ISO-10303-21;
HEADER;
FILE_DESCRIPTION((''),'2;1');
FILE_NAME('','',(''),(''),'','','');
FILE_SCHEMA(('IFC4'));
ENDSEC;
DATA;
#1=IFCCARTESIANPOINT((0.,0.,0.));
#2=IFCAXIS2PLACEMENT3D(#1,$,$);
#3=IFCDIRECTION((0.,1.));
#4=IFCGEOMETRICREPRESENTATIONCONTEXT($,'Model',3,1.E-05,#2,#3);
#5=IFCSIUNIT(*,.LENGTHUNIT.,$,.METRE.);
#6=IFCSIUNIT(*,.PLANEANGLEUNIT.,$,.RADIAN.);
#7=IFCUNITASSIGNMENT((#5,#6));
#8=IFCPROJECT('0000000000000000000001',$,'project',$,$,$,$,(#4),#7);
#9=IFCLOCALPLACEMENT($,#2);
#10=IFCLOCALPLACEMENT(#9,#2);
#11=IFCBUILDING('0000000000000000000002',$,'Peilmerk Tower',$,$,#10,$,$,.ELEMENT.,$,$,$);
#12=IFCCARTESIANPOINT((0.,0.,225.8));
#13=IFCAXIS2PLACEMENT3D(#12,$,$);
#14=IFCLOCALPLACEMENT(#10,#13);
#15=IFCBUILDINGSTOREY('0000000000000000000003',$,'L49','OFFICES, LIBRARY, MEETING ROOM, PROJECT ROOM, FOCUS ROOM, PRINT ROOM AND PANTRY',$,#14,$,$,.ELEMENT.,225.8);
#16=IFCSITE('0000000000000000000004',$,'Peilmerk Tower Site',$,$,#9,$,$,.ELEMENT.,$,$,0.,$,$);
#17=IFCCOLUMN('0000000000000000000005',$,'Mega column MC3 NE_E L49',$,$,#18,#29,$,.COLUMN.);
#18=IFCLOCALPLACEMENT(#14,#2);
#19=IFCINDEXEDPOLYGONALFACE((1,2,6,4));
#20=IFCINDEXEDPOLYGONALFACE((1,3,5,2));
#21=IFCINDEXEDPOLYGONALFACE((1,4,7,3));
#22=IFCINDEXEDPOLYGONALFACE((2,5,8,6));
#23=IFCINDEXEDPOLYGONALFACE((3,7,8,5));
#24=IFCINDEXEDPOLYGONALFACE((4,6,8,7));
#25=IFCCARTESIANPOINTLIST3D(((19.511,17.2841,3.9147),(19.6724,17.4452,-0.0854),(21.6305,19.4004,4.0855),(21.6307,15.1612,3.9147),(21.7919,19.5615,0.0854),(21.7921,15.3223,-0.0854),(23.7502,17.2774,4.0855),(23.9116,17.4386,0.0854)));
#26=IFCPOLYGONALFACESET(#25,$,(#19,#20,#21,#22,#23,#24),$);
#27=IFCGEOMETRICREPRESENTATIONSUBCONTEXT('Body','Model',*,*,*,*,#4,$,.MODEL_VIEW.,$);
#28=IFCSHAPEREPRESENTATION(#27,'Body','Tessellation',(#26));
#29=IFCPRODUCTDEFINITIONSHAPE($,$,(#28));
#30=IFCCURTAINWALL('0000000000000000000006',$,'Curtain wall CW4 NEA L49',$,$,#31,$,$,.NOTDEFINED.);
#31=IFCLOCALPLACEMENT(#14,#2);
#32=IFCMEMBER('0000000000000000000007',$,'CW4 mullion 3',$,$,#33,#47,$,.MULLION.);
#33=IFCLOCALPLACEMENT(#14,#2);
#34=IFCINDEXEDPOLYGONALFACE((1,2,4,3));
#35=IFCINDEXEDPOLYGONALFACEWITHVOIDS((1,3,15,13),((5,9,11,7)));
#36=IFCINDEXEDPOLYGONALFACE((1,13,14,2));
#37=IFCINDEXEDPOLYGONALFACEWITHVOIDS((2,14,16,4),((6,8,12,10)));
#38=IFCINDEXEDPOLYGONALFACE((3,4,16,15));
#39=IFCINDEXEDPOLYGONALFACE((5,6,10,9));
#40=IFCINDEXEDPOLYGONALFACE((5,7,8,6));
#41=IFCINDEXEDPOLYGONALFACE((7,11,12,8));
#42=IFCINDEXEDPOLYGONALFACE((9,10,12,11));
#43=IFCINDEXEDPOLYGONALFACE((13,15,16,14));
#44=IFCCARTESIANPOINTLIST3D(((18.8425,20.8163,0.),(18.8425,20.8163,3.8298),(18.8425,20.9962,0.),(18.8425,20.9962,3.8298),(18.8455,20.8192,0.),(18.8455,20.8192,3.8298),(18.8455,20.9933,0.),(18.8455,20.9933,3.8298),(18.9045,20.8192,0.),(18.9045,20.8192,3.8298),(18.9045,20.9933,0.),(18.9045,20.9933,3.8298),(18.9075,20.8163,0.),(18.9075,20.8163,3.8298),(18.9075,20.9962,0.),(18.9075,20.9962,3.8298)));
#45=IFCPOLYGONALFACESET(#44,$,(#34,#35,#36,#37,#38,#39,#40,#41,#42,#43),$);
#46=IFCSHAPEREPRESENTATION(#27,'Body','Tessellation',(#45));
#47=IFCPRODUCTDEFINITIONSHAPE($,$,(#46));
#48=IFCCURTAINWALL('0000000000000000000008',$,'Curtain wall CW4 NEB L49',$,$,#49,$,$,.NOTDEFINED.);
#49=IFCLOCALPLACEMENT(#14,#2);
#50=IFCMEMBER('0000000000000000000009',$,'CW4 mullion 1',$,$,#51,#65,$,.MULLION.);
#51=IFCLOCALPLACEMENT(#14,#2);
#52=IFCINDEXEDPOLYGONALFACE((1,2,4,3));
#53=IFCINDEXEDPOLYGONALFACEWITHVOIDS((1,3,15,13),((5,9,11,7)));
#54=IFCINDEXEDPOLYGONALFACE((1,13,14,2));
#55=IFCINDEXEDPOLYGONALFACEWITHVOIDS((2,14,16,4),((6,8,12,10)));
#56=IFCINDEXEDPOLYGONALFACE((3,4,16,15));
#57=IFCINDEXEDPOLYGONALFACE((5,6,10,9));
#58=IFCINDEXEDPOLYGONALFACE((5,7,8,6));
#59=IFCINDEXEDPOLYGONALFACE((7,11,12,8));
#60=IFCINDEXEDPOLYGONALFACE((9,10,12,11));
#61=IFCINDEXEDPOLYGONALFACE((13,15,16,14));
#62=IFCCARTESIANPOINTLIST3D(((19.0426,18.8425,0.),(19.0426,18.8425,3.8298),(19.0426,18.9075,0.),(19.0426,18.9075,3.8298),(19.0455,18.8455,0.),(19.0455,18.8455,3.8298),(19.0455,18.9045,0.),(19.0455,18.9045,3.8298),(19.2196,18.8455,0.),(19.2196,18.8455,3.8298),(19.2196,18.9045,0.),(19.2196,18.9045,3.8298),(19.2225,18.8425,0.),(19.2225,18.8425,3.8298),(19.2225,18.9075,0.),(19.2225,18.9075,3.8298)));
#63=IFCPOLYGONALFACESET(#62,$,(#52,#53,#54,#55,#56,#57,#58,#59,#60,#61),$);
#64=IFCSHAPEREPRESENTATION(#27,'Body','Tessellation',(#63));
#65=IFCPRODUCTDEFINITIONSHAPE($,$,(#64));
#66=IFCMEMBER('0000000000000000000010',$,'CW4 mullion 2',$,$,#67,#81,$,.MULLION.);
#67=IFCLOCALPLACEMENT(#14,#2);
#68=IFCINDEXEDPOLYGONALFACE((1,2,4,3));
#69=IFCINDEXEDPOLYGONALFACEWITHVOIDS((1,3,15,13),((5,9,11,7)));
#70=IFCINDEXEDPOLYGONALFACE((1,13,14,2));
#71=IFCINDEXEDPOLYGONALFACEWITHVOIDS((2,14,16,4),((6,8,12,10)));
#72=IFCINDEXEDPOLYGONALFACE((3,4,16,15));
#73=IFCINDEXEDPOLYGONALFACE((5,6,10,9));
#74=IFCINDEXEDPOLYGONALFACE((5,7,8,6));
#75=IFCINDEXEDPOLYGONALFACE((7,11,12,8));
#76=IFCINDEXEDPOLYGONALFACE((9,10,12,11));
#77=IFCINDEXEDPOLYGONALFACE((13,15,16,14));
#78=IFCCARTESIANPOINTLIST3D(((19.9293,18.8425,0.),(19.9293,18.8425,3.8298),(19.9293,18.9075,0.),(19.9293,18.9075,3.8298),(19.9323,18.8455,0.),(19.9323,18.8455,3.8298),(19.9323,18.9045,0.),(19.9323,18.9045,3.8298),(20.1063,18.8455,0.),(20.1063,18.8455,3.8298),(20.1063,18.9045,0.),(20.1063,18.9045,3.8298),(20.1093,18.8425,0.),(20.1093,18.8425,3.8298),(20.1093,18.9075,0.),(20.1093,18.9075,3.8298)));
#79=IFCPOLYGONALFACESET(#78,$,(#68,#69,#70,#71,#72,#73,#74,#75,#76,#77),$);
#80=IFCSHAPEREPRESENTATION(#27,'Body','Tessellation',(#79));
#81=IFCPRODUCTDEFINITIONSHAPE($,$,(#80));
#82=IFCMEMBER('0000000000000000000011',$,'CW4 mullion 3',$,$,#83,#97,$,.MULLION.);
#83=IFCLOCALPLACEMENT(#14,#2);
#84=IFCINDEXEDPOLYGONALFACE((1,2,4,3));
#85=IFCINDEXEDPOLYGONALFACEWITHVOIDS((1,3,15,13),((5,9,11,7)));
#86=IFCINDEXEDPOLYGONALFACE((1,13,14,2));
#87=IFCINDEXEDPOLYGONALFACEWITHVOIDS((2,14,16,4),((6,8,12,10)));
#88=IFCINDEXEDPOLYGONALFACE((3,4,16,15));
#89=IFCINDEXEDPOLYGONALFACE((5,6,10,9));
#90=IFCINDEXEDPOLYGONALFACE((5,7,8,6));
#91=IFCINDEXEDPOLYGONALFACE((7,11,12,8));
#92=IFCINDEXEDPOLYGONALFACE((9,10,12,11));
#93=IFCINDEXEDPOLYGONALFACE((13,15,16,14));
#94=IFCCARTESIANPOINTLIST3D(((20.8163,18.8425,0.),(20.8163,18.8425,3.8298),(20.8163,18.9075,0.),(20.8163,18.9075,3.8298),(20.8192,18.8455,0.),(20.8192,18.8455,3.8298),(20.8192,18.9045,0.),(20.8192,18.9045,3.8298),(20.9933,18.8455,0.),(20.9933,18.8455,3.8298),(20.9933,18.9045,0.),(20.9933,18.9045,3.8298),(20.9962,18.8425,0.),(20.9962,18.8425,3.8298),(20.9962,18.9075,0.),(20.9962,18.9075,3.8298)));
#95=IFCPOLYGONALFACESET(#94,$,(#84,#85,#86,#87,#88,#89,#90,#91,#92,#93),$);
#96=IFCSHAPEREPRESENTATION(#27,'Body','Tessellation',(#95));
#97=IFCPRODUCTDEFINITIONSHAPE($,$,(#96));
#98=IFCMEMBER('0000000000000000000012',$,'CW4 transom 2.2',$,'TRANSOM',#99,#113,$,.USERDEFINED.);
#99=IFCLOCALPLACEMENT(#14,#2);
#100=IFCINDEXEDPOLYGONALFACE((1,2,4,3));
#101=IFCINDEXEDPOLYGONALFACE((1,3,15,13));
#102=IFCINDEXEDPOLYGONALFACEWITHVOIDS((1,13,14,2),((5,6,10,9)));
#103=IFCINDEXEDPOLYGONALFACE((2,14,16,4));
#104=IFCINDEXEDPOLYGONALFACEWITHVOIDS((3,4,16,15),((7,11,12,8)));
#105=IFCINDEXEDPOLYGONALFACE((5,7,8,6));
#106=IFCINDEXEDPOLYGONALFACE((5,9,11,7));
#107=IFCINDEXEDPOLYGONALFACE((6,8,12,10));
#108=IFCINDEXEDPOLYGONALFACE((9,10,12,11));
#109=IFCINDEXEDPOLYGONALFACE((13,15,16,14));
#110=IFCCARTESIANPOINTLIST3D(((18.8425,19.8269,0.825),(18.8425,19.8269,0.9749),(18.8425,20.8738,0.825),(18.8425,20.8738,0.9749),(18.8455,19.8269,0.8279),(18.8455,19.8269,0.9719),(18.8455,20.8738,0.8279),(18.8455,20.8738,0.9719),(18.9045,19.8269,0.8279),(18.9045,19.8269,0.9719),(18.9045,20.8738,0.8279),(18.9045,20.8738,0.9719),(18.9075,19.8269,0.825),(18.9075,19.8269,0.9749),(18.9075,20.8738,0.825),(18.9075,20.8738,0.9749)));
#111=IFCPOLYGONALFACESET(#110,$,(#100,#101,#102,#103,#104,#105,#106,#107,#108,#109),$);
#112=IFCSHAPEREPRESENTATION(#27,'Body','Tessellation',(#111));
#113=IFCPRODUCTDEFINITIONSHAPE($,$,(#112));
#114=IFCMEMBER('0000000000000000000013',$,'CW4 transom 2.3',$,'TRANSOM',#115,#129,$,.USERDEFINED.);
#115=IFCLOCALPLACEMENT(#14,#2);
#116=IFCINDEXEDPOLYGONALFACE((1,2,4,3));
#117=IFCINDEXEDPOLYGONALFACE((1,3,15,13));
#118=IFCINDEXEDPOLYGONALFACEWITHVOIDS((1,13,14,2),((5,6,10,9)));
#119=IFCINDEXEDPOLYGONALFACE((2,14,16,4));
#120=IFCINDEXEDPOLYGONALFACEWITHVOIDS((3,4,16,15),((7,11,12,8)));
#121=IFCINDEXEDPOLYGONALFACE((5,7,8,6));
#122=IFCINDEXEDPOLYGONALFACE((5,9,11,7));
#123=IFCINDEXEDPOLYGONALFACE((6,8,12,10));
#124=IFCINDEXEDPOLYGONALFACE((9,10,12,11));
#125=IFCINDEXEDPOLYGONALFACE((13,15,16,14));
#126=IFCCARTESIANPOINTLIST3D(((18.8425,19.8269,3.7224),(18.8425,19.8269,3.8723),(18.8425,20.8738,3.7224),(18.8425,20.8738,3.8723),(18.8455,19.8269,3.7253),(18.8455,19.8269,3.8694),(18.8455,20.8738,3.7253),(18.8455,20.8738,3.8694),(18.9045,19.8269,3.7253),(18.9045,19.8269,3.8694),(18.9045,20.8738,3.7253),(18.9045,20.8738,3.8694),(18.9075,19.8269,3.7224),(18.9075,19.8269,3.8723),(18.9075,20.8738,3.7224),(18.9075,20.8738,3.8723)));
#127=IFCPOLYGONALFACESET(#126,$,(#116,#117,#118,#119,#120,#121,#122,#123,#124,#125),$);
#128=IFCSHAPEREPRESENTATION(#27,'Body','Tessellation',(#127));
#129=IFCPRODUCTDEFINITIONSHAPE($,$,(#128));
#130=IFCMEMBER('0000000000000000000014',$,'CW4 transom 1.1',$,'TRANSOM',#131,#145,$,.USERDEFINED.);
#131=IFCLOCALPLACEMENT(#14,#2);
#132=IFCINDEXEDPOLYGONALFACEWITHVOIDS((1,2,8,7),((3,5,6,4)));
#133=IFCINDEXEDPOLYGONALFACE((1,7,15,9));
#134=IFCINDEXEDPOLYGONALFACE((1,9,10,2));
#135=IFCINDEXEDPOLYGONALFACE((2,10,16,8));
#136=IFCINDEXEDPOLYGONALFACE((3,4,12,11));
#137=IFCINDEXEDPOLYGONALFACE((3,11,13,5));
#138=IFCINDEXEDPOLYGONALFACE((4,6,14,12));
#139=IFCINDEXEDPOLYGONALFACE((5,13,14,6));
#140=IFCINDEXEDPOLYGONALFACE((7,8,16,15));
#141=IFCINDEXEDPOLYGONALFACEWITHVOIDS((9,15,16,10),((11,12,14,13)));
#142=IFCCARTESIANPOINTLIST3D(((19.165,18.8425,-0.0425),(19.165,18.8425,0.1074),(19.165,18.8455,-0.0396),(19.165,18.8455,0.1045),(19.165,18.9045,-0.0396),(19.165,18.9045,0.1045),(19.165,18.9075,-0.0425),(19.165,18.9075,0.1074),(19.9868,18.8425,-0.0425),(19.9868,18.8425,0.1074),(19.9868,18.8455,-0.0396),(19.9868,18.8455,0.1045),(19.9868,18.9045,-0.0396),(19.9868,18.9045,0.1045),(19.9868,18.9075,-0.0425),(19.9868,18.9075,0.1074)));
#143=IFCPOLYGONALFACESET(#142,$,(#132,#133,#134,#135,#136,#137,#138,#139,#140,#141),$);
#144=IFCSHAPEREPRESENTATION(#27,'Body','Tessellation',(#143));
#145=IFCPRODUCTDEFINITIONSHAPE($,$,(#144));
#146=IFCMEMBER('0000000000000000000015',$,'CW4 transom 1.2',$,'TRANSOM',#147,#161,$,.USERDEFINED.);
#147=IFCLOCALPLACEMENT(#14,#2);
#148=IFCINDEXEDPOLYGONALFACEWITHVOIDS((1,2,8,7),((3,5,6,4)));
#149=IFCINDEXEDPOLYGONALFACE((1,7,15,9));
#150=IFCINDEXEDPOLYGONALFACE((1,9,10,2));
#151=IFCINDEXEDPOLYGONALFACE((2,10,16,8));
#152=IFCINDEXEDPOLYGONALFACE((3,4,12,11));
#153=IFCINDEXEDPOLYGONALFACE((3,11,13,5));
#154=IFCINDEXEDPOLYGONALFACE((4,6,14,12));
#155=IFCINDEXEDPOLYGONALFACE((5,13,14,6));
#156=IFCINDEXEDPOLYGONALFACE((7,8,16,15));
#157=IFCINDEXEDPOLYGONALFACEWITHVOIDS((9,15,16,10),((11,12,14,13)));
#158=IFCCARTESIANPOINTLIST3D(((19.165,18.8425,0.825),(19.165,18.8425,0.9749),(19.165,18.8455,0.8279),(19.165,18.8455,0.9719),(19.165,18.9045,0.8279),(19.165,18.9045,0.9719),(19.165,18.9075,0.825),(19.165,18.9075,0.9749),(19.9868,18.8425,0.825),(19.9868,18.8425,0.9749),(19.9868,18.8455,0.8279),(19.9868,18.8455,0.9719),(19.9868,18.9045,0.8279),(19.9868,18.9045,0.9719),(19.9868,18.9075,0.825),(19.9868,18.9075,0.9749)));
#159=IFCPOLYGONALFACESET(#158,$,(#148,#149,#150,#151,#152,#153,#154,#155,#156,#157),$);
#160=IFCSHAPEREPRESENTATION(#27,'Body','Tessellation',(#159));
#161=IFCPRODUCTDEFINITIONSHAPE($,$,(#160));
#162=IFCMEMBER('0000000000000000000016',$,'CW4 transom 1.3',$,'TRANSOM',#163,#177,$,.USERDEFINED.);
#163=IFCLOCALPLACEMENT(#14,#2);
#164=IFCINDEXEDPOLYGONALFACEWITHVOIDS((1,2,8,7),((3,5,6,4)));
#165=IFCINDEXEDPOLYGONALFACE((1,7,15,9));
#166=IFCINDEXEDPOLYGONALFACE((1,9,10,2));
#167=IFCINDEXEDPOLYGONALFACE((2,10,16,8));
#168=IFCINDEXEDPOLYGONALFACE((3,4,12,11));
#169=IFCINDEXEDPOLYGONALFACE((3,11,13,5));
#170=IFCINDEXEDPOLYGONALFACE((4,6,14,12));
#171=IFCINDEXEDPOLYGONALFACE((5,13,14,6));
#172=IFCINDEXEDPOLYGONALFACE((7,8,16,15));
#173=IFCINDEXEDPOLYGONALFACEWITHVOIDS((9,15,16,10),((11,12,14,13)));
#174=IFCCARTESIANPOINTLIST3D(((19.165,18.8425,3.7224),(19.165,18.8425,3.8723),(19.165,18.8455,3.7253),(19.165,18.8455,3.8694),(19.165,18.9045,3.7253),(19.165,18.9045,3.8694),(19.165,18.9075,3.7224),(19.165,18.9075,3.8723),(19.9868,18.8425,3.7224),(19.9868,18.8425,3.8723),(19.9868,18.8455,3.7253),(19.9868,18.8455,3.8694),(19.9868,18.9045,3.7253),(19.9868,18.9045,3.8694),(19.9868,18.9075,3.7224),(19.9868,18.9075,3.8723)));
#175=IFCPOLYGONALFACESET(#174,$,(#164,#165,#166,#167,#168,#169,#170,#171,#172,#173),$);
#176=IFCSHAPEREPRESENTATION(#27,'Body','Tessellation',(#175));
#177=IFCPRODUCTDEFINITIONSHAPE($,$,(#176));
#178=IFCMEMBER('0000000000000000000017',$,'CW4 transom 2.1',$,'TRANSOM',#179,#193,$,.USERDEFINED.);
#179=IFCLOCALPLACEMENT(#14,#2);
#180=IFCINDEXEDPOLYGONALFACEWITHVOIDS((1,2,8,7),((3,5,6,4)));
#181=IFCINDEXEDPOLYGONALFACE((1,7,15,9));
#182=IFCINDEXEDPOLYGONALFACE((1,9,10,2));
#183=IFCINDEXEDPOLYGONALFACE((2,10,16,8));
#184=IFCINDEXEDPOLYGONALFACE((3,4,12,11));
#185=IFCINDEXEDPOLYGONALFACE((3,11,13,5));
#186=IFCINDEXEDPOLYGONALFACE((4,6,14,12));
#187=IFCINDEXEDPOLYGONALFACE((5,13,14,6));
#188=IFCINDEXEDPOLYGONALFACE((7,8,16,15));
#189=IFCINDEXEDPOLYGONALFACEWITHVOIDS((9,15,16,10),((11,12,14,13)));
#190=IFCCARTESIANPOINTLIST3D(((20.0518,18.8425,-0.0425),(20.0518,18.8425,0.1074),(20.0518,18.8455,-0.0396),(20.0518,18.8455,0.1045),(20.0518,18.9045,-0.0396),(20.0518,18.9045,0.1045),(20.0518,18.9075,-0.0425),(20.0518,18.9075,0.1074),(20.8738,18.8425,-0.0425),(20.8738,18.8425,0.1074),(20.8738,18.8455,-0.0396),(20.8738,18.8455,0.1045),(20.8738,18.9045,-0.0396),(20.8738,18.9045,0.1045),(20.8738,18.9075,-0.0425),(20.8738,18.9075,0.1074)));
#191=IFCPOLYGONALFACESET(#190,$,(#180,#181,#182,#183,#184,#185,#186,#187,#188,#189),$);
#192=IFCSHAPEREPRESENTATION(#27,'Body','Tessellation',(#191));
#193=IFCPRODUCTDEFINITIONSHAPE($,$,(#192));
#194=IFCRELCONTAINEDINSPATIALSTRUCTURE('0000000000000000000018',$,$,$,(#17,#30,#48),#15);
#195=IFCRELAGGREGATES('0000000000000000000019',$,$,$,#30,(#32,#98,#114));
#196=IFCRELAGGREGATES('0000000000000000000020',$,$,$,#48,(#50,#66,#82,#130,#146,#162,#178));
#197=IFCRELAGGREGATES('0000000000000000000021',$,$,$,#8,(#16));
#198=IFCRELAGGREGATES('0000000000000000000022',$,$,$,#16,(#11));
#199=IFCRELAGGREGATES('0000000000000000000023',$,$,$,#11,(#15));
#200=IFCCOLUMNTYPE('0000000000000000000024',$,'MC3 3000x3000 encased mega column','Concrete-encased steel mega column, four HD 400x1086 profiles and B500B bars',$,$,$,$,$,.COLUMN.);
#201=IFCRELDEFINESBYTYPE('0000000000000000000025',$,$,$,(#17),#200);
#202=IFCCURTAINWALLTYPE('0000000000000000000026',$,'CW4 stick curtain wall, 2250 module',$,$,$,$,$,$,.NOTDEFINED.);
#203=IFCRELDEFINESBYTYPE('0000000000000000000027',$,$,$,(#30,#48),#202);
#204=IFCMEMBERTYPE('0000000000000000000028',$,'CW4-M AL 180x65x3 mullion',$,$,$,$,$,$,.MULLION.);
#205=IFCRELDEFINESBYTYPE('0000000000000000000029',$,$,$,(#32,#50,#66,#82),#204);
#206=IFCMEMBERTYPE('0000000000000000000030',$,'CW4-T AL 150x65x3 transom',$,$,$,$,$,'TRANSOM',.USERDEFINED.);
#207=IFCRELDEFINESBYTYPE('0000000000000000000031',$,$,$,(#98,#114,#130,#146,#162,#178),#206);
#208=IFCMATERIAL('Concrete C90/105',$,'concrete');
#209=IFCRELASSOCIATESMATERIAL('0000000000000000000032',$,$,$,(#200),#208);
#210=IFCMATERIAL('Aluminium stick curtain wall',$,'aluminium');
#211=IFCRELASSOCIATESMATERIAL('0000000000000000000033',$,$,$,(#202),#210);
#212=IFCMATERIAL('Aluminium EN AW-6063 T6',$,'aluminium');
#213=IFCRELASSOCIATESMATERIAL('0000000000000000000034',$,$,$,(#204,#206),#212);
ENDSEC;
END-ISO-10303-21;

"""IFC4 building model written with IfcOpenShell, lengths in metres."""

from ifc_helpers import new_model, si_unit, direction, frame, origin, origin_2d, place, context, subcontext, project, spatial, rectangle, hollow_rectangle, extrude, material, material_profile, profile_set, type_object, element, aggregate, save


model = new_model("IFC4")

# Units and contexts
model_context = context("Model", 3, precision=1e-05, world=origin(), true_north=direction((0.0, 1.0)))
body_context = subcontext(model_context, "Body", "Model", "MODEL_VIEW")
ifc_project = project(units=[si_unit("LENGTHUNIT", "METRE"), si_unit("PLANEANGLEUNIT", "RADIAN")], contexts=[model_context])

# Site, building, storey
site_placement = place(None, origin())
site = spatial("IfcSite", under=ifc_project, at=site_placement, Name="Peilmerk Tower Site", CompositionType="ELEMENT", RefElevation=0.0)
building_placement = place(site_placement, origin())
building = spatial("IfcBuilding", under=site, at=building_placement, Name="Peilmerk Tower", CompositionType="ELEMENT")
storey_placement = place(building_placement, frame((0.0, 0.0, 225.8)))
storey = spatial("IfcBuildingStorey", under=building, at=storey_placement, Name="L49", Description="OFFICES, LIBRARY, MEETING ROOM, PROJECT ROOM, FOCUS ROOM, PRINT ROOM AND PANTRY", CompositionType="ELEMENT", Elevation=225.8)

# Column
ifc_material_1 = material(Name="Concrete C90/105", Category="concrete")
ifc_material_profile_1 = material_profile(ifc_material_1, rectangle(XDim=3.0, YDim=3.0, at=origin_2d()), Name="RC 3000x3000")
ifc_profile_set_1 = profile_set([ifc_material_profile_1], Name="Concrete C90/105")
column_type = type_object("IfcColumnType", Name="MC3 3000x3000 encased mega column", Description="Concrete-encased steel mega column, four HD 400x1086 profiles and B500B bars", PredefinedType="COLUMN", material=ifc_profile_set_1)
column_placement = place(storey_placement, frame((21.792, 17.4419, 0.0), z_axis=(-0.040279, -0.040218, 0.998379), x_axis=(0.706571, -0.707642, 0.0)))
element("IfcColumn", 1, at=column_placement, inside=storey, type_object=column_type, Name="Mega column MC3 NE_E L49", PredefinedType="COLUMN", context=body_context, shape_type="SweptSolid", body=[
    extrude(rectangle(XDim=3.0, YDim=3.0, at=origin_2d()), origin(), (0.0, 0.0, 1.0), 4.0066),
])

# Curtain wall, member
ifc_material_2 = material(Name="Aluminium stick curtain wall", Category="aluminium")
curtain_wall_type = type_object("IfcCurtainWallType", Name="CW4 stick curtain wall, 2250 module", PredefinedType="NOTDEFINED", material=ifc_material_2)
curtain_wall_1_placement = place(storey_placement, origin())
curtain_wall_1 = element("IfcCurtainWall", 2, at=curtain_wall_1_placement, inside=storey, type_object=curtain_wall_type, Name="Curtain wall CW4 NEA L49", PredefinedType="NOTDEFINED")
ifc_material_3 = material(Name="Aluminium EN AW-6063 T6", Category="aluminium")
ifc_material_profile_2 = material_profile(ifc_material_3, hollow_rectangle(XDim=0.0649, YDim=0.1799, WallThickness=0.0029, at=origin_2d()), Name="AL 180x65x3")
ifc_profile_set_2 = profile_set([ifc_material_profile_2], Name="Aluminium EN AW-6063 T6")
member_type_1 = type_object("IfcMemberType", Name="CW4-M AL 180x65x3 mullion", PredefinedType="MULLION", material=ifc_profile_set_2)
member_1_placement = place(storey_placement, frame((18.875, 20.9062, 0.0), z_axis=(0.0, 0.0, 1.0), x_axis=(-1.0, 0.0, 0.0)))
member_1 = element("IfcMember", 3, at=member_1_placement, type_object=member_type_1, Name="CW4 mullion 3", PredefinedType="MULLION", context=body_context, shape_type="SweptSolid", body=[
    extrude(hollow_rectangle(XDim=0.0649, YDim=0.1799, WallThickness=0.0029, at=origin_2d()), origin(), (0.0, 0.0, 1.0), 3.8298),
])

# Curtain wall, members
curtain_wall_2_placement = place(storey_placement, origin())
curtain_wall_2 = element("IfcCurtainWall", 4, at=curtain_wall_2_placement, inside=storey, type_object=curtain_wall_type, Name="Curtain wall CW4 NEB L49", PredefinedType="NOTDEFINED")
member_2_placement = place(storey_placement, frame((19.1326, 18.875, 0.0), z_axis=(0.0, 0.0, 1.0), x_axis=(0.0, 1.0, 0.0)))
member_2 = element("IfcMember", 5, at=member_2_placement, type_object=member_type_1, Name="CW4 mullion 1", PredefinedType="MULLION", context=body_context, shape_type="SweptSolid", body=[
    extrude(hollow_rectangle(XDim=0.0649, YDim=0.1799, WallThickness=0.0029, at=origin_2d()), origin(), (0.0, 0.0, 1.0), 3.8298),
])
member_3_placement = place(storey_placement, frame((20.0193, 18.875, 0.0), z_axis=(0.0, 0.0, 1.0), x_axis=(0.0, 1.0, 0.0)))
member_3 = element("IfcMember", 6, at=member_3_placement, type_object=member_type_1, Name="CW4 mullion 2", PredefinedType="MULLION", context=body_context, shape_type="SweptSolid", body=[
    extrude(hollow_rectangle(XDim=0.0649, YDim=0.1799, WallThickness=0.0029, at=origin_2d()), origin(), (0.0, 0.0, 1.0), 3.8298),
])
member_4_placement = place(storey_placement, frame((20.9062, 18.875, 0.0), z_axis=(0.0, 0.0, 1.0), x_axis=(0.0, 1.0, 0.0)))
member_4 = element("IfcMember", 7, at=member_4_placement, type_object=member_type_1, Name="CW4 mullion 3", PredefinedType="MULLION", context=body_context, shape_type="SweptSolid", body=[
    extrude(hollow_rectangle(XDim=0.0649, YDim=0.1799, WallThickness=0.0029, at=origin_2d()), origin(), (0.0, 0.0, 1.0), 3.8298),
])

# Members
ifc_material_profile_3 = material_profile(ifc_material_3, hollow_rectangle(XDim=0.0649, YDim=0.1499, WallThickness=0.0029, at=origin_2d()), Name="AL 150x65x3")
ifc_profile_set_3 = profile_set([ifc_material_profile_3], Name="Aluminium EN AW-6063 T6")
member_type_2 = type_object("IfcMemberType", Name="CW4-T AL 150x65x3 transom", ElementType="TRANSOM", PredefinedType="USERDEFINED", material=ifc_profile_set_3)
member_5_placement = place(storey_placement, frame((18.875, 19.8269, 0.8999), z_axis=(0.0, 1.0, 0.0), x_axis=(-1.0, 0.0, 0.0)))
member_5 = element("IfcMember", 8, at=member_5_placement, type_object=member_type_2, Name="CW4 transom 2.2", ObjectType="TRANSOM", PredefinedType="USERDEFINED", context=body_context, shape_type="SweptSolid", body=[
    extrude(hollow_rectangle(XDim=0.0649, YDim=0.1499, WallThickness=0.0029, at=origin_2d()), origin(), (0.0, 0.0, 1.0), 1.0469),
])
member_6_placement = place(storey_placement, frame((18.875, 19.8269, 3.7974), z_axis=(0.0, 1.0, 0.0), x_axis=(-1.0, 0.0, 0.0)))
member_6 = element("IfcMember", 9, at=member_6_placement, type_object=member_type_2, Name="CW4 transom 2.3", ObjectType="TRANSOM", PredefinedType="USERDEFINED", context=body_context, shape_type="SweptSolid", body=[
    extrude(hollow_rectangle(XDim=0.0649, YDim=0.1499, WallThickness=0.0029, at=origin_2d()), origin(), (0.0, 0.0, 1.0), 1.0469),
])
member_7_placement = place(storey_placement, frame((19.165, 18.875, 0.0325), z_axis=(1.0, 0.0, 0.0), x_axis=(0.0, 1.0, 0.0)))
member_7 = element("IfcMember", 10, at=member_7_placement, type_object=member_type_2, Name="CW4 transom 1.1", ObjectType="TRANSOM", PredefinedType="USERDEFINED", context=body_context, shape_type="SweptSolid", body=[
    extrude(hollow_rectangle(XDim=0.0649, YDim=0.1499, WallThickness=0.0029, at=origin_2d()), origin(), (0.0, 0.0, 1.0), 0.8218),
])
member_8_placement = place(storey_placement, frame((19.165, 18.875, 0.8999), z_axis=(1.0, 0.0, 0.0), x_axis=(0.0, 1.0, 0.0)))
member_8 = element("IfcMember", 11, at=member_8_placement, type_object=member_type_2, Name="CW4 transom 1.2", ObjectType="TRANSOM", PredefinedType="USERDEFINED", context=body_context, shape_type="SweptSolid", body=[
    extrude(hollow_rectangle(XDim=0.0649, YDim=0.1499, WallThickness=0.0029, at=origin_2d()), origin(), (0.0, 0.0, 1.0), 0.8218),
])
member_9_placement = place(storey_placement, frame((19.165, 18.875, 3.7974), z_axis=(1.0, 0.0, 0.0), x_axis=(0.0, 1.0, 0.0)))
member_9 = element("IfcMember", 12, at=member_9_placement, type_object=member_type_2, Name="CW4 transom 1.3", ObjectType="TRANSOM", PredefinedType="USERDEFINED", context=body_context, shape_type="SweptSolid", body=[
    extrude(hollow_rectangle(XDim=0.0649, YDim=0.1499, WallThickness=0.0029, at=origin_2d()), origin(), (0.0, 0.0, 1.0), 0.8218),
])
member_10_placement = place(storey_placement, frame((20.0518, 18.875, 0.0325), z_axis=(1.0, 0.0, 0.0), x_axis=(0.0, 1.0, 0.0)))
member_10 = element("IfcMember", 13, at=member_10_placement, type_object=member_type_2, Name="CW4 transom 2.1", ObjectType="TRANSOM", PredefinedType="USERDEFINED", context=body_context, shape_type="SweptSolid", body=[
    extrude(hollow_rectangle(XDim=0.0649, YDim=0.1499, WallThickness=0.0029, at=origin_2d()), origin(), (0.0, 0.0, 1.0), 0.822),
])

aggregate(curtain_wall_1, [member_1, member_5, member_6])
aggregate(curtain_wall_2, [member_2, member_3, member_4, member_7, member_8, member_9, member_10])

save(model, "model.ifc")
